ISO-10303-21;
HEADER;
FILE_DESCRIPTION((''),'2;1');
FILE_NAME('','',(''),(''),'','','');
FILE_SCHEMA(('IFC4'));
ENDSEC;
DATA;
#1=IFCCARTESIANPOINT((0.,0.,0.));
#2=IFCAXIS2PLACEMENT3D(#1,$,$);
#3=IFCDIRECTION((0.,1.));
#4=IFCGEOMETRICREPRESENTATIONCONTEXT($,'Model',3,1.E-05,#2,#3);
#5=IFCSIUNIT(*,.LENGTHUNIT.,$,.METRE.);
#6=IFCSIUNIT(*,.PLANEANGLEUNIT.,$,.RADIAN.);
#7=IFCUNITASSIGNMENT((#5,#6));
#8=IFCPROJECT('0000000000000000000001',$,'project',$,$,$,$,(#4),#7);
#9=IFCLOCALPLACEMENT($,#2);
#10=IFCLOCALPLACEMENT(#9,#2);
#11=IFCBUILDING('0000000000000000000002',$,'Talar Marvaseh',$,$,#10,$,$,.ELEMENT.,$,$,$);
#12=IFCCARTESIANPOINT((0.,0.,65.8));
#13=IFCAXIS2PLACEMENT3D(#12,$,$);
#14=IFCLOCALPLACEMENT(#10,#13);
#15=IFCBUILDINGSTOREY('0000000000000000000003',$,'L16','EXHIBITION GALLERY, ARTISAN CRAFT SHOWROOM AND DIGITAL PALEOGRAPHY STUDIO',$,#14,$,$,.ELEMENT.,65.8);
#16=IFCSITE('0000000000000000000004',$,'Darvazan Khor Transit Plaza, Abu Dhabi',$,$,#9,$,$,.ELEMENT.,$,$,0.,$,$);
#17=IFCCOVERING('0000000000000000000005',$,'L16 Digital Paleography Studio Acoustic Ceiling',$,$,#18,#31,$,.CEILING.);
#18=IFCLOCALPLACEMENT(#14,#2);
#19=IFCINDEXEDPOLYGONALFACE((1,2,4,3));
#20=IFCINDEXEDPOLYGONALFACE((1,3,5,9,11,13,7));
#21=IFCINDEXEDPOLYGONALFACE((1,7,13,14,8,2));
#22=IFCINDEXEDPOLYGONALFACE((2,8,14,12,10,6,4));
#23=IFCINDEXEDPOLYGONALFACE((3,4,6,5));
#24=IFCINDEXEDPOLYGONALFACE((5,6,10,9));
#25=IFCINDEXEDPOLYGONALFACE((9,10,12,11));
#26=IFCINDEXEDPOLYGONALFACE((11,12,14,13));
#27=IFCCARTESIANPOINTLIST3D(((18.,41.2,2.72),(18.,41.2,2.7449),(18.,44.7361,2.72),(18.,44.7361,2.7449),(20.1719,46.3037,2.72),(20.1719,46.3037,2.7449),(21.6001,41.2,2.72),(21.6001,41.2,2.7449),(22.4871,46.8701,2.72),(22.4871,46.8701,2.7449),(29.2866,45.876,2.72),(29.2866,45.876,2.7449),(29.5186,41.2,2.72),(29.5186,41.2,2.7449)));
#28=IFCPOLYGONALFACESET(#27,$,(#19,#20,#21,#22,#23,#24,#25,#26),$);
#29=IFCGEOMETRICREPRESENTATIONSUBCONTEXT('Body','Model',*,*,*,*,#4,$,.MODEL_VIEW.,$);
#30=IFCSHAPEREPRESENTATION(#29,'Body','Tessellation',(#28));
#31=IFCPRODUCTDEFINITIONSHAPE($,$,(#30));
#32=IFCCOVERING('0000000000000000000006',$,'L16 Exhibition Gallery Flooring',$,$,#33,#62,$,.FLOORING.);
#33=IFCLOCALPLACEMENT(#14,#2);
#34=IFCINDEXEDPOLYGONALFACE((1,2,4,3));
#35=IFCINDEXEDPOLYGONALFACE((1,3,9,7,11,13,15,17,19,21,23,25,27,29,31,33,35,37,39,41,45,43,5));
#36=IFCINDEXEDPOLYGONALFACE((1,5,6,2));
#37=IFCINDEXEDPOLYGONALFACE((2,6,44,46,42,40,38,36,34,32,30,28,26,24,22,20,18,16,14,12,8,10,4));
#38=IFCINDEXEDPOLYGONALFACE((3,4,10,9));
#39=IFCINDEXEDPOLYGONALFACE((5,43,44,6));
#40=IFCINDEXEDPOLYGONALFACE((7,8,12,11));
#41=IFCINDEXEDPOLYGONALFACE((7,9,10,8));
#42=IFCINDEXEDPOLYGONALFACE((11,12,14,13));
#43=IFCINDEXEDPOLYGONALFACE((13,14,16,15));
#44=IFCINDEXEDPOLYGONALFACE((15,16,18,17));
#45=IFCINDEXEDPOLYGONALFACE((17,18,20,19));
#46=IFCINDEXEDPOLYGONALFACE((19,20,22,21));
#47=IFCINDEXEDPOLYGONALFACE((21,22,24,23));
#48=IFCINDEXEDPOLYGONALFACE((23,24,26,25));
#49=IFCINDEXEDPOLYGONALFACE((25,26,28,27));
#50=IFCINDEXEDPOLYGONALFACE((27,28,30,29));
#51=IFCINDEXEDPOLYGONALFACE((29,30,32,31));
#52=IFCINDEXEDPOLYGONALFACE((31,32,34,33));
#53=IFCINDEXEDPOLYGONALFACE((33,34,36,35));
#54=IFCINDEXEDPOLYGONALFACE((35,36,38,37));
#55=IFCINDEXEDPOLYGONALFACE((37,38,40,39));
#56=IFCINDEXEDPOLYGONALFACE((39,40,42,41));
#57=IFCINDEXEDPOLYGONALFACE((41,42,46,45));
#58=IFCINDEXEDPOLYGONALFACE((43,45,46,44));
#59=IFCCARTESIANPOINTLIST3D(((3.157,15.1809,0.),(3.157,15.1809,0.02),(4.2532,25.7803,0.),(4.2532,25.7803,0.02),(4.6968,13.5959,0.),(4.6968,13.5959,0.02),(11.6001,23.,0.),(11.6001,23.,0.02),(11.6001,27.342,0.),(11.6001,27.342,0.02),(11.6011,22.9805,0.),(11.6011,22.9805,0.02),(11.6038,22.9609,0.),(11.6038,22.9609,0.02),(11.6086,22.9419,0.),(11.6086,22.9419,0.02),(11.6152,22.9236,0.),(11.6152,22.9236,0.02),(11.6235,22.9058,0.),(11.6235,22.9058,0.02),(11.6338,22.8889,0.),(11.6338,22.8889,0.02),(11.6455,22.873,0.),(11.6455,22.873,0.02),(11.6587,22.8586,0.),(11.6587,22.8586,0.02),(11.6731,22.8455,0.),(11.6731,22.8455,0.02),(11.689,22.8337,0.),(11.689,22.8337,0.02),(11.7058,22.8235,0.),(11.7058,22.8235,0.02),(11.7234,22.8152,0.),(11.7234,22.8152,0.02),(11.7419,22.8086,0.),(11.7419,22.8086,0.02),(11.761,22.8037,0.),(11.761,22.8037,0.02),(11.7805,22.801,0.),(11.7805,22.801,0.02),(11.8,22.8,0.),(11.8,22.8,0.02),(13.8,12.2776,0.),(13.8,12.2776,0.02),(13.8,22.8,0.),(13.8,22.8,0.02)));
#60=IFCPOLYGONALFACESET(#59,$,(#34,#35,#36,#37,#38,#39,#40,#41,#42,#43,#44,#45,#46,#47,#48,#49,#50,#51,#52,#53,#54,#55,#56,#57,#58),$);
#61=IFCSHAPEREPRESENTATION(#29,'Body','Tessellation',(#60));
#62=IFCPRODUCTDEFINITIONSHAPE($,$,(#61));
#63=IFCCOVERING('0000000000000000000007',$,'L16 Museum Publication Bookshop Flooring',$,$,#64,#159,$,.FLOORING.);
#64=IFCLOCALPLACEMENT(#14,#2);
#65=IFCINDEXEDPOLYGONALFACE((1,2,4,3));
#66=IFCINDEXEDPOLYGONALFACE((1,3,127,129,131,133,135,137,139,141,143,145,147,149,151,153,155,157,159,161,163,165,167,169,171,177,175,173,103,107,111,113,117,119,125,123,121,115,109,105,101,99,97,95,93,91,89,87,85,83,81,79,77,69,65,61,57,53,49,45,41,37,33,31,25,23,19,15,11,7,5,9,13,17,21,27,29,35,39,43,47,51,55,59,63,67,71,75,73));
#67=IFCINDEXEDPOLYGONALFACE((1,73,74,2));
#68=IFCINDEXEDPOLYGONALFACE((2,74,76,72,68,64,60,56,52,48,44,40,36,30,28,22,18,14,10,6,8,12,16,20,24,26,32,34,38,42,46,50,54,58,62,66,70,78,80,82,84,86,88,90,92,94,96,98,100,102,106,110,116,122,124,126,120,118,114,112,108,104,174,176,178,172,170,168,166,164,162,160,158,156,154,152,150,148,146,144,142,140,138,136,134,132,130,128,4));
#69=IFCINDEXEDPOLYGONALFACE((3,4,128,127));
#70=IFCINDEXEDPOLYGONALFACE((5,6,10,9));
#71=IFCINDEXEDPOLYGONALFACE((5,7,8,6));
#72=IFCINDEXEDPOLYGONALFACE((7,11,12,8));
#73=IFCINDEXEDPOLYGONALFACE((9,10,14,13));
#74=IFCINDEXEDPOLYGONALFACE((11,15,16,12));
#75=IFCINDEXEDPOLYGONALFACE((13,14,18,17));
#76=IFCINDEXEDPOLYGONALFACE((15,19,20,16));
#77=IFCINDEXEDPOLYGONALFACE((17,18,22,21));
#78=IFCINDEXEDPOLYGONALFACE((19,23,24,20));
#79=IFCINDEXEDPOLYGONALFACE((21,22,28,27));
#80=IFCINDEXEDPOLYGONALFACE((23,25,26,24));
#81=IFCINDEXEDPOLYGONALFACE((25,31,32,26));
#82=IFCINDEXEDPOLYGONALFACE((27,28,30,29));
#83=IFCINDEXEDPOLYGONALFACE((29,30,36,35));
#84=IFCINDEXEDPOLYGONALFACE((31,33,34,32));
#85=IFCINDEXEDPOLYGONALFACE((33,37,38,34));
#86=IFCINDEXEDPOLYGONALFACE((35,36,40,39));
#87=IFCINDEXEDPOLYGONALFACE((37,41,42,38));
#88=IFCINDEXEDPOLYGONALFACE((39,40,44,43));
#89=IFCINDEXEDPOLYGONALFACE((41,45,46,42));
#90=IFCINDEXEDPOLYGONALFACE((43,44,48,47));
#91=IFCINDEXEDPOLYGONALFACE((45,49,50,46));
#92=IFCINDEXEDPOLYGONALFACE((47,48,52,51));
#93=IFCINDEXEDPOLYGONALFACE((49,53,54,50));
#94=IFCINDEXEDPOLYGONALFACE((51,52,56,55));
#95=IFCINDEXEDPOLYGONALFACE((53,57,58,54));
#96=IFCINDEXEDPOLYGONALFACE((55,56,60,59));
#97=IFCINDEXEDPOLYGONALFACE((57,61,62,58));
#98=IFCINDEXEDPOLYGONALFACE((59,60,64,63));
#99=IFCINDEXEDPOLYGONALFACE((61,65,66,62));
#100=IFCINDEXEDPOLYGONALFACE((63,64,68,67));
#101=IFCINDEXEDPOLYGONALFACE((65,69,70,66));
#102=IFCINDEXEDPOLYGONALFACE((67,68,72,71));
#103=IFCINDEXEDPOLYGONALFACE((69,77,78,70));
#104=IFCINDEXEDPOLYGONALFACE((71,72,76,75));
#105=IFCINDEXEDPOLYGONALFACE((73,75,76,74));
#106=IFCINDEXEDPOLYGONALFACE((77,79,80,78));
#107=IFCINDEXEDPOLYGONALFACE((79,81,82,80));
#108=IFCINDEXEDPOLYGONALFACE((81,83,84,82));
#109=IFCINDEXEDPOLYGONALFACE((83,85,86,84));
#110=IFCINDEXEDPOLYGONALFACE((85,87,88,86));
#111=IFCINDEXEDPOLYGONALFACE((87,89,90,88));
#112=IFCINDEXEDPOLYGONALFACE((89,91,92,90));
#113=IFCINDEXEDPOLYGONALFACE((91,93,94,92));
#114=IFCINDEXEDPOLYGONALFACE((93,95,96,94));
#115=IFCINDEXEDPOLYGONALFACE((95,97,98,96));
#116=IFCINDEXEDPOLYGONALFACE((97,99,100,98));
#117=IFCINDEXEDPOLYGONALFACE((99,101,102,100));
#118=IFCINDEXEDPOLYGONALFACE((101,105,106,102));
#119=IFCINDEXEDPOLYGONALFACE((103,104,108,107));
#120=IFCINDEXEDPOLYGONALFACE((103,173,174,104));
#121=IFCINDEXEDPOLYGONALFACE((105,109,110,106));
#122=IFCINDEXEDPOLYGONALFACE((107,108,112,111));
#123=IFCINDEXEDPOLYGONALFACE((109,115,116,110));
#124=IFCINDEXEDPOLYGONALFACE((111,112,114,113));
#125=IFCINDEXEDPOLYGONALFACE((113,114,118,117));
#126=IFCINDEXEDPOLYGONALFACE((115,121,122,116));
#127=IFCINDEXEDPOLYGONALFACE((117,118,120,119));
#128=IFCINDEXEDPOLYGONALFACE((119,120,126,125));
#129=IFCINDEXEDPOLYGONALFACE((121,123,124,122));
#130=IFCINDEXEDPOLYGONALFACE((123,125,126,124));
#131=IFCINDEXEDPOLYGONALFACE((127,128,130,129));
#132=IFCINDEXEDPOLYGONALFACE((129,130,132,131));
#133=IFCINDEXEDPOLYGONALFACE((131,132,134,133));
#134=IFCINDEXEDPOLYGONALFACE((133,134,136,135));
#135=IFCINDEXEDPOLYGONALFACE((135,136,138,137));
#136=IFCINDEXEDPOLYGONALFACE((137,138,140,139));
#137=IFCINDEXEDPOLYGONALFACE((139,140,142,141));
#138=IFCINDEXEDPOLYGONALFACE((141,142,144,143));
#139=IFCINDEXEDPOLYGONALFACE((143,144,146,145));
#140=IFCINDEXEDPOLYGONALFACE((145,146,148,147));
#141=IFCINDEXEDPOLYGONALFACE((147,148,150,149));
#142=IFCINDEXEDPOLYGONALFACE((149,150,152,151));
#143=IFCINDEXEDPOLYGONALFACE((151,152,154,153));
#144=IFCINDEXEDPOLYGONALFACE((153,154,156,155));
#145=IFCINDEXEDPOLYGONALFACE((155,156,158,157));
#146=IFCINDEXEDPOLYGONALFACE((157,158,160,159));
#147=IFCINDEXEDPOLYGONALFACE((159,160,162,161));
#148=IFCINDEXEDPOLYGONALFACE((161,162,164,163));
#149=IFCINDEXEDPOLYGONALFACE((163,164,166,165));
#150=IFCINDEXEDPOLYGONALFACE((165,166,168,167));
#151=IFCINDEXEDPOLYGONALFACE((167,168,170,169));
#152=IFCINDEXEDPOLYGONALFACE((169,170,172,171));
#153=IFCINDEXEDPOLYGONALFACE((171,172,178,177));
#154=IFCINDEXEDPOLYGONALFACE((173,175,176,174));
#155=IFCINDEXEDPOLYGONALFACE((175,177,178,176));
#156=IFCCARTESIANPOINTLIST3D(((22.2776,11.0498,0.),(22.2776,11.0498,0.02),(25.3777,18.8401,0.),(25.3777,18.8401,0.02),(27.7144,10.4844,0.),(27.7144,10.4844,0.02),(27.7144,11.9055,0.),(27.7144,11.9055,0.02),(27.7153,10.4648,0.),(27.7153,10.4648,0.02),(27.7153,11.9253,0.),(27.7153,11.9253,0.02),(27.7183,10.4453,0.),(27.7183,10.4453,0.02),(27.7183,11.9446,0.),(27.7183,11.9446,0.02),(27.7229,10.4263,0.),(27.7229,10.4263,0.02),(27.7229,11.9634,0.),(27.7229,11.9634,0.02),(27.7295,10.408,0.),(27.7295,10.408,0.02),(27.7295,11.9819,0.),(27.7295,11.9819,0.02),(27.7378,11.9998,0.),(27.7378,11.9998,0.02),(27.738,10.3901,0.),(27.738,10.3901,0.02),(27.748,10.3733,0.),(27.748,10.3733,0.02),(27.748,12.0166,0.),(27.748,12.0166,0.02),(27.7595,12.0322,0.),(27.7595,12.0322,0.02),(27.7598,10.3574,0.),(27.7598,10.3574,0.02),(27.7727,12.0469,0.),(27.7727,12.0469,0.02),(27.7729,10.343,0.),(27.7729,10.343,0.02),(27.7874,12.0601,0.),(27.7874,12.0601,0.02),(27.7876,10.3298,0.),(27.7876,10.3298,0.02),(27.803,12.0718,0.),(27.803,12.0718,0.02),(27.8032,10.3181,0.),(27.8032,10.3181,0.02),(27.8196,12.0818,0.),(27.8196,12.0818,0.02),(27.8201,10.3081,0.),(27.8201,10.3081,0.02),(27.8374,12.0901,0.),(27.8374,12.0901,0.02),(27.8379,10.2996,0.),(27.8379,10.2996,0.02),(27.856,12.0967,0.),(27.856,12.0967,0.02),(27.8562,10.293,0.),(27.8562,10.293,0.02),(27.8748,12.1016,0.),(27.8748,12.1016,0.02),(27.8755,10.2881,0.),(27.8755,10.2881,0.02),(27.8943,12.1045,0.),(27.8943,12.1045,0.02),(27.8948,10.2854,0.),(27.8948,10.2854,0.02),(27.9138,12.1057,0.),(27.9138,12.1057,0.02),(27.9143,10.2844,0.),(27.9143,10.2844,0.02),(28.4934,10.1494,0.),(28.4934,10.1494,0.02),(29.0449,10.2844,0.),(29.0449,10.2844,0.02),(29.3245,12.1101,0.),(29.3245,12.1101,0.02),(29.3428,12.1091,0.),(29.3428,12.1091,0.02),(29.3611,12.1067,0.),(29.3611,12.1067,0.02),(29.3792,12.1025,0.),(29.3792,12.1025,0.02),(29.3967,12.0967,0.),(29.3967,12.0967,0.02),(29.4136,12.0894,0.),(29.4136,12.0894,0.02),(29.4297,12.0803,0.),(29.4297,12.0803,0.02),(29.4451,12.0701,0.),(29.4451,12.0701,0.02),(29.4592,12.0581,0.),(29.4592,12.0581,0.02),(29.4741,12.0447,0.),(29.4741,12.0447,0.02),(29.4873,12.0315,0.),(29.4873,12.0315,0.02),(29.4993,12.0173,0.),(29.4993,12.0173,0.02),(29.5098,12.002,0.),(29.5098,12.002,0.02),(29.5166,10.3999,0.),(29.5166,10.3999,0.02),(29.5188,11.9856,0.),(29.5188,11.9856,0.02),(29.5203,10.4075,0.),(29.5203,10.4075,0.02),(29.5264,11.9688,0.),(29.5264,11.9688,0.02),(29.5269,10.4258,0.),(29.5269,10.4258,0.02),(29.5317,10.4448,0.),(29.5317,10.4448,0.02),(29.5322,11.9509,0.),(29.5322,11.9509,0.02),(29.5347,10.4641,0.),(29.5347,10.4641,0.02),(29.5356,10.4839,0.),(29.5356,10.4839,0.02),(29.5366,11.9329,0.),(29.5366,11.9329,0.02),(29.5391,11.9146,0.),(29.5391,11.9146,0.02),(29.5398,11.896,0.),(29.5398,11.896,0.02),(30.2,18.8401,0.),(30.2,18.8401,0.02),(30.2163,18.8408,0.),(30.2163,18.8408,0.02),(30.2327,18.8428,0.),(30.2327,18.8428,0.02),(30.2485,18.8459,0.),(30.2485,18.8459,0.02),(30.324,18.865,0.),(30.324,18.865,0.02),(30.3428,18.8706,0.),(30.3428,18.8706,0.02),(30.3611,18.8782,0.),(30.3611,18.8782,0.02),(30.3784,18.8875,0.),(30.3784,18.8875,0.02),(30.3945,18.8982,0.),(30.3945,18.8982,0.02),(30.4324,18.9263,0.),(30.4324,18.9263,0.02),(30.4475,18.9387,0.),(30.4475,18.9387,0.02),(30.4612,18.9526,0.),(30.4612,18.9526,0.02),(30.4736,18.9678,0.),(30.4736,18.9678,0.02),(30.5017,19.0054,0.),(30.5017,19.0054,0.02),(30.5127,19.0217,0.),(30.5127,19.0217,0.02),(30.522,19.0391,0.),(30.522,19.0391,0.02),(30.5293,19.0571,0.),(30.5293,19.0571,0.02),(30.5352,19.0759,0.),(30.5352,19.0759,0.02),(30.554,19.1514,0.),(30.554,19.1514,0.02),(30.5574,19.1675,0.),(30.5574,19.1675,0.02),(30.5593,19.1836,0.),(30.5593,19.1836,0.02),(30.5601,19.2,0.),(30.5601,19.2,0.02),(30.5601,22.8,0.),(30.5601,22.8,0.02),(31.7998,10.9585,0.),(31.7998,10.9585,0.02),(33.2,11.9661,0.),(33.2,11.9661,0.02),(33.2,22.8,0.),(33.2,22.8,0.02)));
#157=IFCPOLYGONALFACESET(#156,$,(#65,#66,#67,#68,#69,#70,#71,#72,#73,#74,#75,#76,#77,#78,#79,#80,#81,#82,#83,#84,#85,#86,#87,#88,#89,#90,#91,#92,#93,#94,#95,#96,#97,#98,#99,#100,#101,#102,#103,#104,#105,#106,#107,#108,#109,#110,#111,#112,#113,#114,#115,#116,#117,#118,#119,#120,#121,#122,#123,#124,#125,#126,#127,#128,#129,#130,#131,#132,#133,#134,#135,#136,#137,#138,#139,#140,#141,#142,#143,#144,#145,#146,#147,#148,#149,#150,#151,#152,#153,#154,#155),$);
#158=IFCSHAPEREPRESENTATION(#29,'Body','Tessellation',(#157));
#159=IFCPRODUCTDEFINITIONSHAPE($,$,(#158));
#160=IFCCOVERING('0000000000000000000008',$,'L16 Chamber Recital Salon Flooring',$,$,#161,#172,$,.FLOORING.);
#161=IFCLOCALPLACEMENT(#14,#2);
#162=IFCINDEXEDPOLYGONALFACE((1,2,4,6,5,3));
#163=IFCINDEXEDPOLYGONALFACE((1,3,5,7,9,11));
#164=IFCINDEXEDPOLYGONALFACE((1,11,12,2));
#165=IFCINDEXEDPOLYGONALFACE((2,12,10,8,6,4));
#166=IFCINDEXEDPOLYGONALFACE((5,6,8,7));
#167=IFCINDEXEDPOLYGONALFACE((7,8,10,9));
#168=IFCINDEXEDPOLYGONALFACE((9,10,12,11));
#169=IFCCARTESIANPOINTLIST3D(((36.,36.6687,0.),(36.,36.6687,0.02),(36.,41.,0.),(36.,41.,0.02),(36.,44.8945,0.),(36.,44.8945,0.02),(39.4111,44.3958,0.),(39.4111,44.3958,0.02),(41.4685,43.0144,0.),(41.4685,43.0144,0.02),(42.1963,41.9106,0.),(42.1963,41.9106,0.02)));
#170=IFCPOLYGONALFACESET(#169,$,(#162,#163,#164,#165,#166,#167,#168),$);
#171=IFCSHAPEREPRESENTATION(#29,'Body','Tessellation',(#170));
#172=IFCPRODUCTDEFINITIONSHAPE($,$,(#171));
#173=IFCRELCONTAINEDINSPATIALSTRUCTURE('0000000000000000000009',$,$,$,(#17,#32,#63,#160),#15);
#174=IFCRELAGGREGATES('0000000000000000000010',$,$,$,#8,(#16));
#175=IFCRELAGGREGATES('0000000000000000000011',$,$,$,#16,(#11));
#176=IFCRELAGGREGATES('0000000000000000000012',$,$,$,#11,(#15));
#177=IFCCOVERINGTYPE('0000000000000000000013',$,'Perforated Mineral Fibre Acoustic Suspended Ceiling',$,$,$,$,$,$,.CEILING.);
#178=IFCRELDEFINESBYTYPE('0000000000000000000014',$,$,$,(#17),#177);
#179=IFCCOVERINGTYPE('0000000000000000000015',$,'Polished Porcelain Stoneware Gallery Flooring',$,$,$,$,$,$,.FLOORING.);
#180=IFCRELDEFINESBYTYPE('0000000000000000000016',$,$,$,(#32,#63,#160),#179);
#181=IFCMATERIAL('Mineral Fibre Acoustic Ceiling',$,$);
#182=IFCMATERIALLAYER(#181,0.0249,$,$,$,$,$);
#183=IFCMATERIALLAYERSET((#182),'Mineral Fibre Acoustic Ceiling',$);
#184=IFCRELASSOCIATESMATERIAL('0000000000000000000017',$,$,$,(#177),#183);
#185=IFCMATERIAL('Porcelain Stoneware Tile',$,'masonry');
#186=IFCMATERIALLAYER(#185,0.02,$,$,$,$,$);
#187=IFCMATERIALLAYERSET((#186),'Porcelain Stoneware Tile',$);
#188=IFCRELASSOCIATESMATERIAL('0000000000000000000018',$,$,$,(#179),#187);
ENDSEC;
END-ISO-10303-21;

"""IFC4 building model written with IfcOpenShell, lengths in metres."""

from ifc_helpers import new_model, si_unit, direction, frame, origin, place, context, subcontext, project, spatial, polyline, outline, extrude, material, layer, layer_set, type_object, element, save


model = new_model("IFC4")

# Units and contexts
model_context = context("Model", 3, precision=1e-05, world=origin(), true_north=direction((0.0, 1.0)))
body_context = subcontext(model_context, "Body", "Model", "MODEL_VIEW")
ifc_project = project(units=[si_unit("LENGTHUNIT", "METRE"), si_unit("PLANEANGLEUNIT", "RADIAN")], contexts=[model_context])

# Site, building, storey
site_placement = place(None, origin())
site = spatial("IfcSite", under=ifc_project, at=site_placement, Name="Darvazan Khor Transit Plaza, Abu Dhabi", CompositionType="ELEMENT", RefElevation=0.0)
building_placement = place(site_placement, origin())
building = spatial("IfcBuilding", under=site, at=building_placement, Name="Talar Marvaseh", CompositionType="ELEMENT")
storey_placement = place(building_placement, frame((0.0, 0.0, 65.8)))
storey = spatial("IfcBuildingStorey", under=building, at=storey_placement, Name="L16", Description="EXHIBITION GALLERY, ARTISAN CRAFT SHOWROOM AND DIGITAL PALEOGRAPHY STUDIO", CompositionType="ELEMENT", Elevation=65.8)

# Coverings
ifc_material_1 = material(Name="Mineral Fibre Acoustic Ceiling")
ifc_layer_1 = layer(ifc_material_1, 0.0249)
ifc_layer_set_1 = layer_set([ifc_layer_1], Name="Mineral Fibre Acoustic Ceiling")
covering_type_1 = type_object("IfcCoveringType", Name="Perforated Mineral Fibre Acoustic Suspended Ceiling", PredefinedType="CEILING", material=ifc_layer_set_1)
covering_1_placement = place(storey_placement, frame((0.0, 0.0, 2.72)))
element("IfcCovering", 1, at=covering_1_placement, inside=storey, type_object=covering_type_1, Name="L16 Digital Paleography Studio Acoustic Ceiling", PredefinedType="CEILING", context=body_context, shape_type="SweptSolid", body=[
    extrude(outline(polyline([(22.4871, 46.8701), (29.2866, 45.876), (29.5186, 41.2), (21.6001, 41.2), (18.0, 41.2), (18.0, 44.7361), (20.1719, 46.3037), (22.4871, 46.8701)])), origin(), (0.0, 0.0, 1.0), 0.0249),
])
ifc_material_2 = material(Name="Porcelain Stoneware Tile", Category="masonry")
ifc_layer_2 = layer(ifc_material_2, 0.02)
ifc_layer_set_2 = layer_set([ifc_layer_2], Name="Porcelain Stoneware Tile")
covering_type_2 = type_object("IfcCoveringType", Name="Polished Porcelain Stoneware Gallery Flooring", PredefinedType="FLOORING", material=ifc_layer_set_2)
covering_2_placement = place(storey_placement, origin())
element("IfcCovering", 2, at=covering_2_placement, inside=storey, type_object=covering_type_2, Name="L16 Exhibition Gallery Flooring", PredefinedType="FLOORING", context=body_context, shape_type="SweptSolid", body=[
    extrude(outline(polyline([(3.157, 15.1809), (4.2532, 25.7803), (11.6001, 27.342), (11.6001, 23.0), (11.6011, 22.9805), (11.6038, 22.9609), (11.6086, 22.9419), (11.6152, 22.9236), (11.6235, 22.9058), (11.6338, 22.8889), (11.6455, 22.873), (11.6587, 22.8586), (11.6731, 22.8455), (11.689, 22.8337), (11.7058, 22.8235), (11.7234, 22.8152), (11.7419, 22.8086), (11.761, 22.8037), (11.7805, 22.801), (11.8, 22.8), (13.8, 22.8), (13.8, 12.2776), (4.6968, 13.5959), (3.157, 15.1809)])), origin(), (0.0, 0.0, 1.0), 0.02),
])
covering_3_placement = place(storey_placement, origin())
element("IfcCovering", 3, at=covering_3_placement, inside=storey, type_object=covering_type_2, Name="L16 Museum Publication Bookshop Flooring", PredefinedType="FLOORING", context=body_context, shape_type="SweptSolid", body=[
    extrude(outline(polyline([(25.3777, 18.8401), (30.2, 18.8401), (30.2163, 18.8408), (30.2327, 18.8428), (30.2485, 18.8459), (30.324, 18.865), (30.3428, 18.8706), (30.3611, 18.8782), (30.3784, 18.8875), (30.3945, 18.8982), (30.4324, 18.9263), (30.4475, 18.9387), (30.4612, 18.9526), (30.4736, 18.9678), (30.5017, 19.0054), (30.5127, 19.0217), (30.522, 19.0391), (30.5293, 19.0571), (30.5352, 19.0759), (30.554, 19.1514), (30.5574, 19.1675), (30.5593, 19.1836), (30.5601, 19.2), (30.5601, 22.8), (33.2, 22.8), (33.2, 11.9661), (31.7998, 10.9585), (29.5166, 10.3999), (29.5203, 10.4075), (29.5269, 10.4258), (29.5317, 10.4448), (29.5347, 10.4641), (29.5356, 10.4839), (29.5398, 11.896), (29.5391, 11.9146), (29.5366, 11.9329), (29.5322, 11.9509), (29.5264, 11.9688), (29.5188, 11.9856), (29.5098, 12.002), (29.4993, 12.0173), (29.4873, 12.0315), (29.4741, 12.0447), (29.4592, 12.0581), (29.4451, 12.0701), (29.4297, 12.0803), (29.4136, 12.0894), (29.3967, 12.0967), (29.3792, 12.1025), (29.3611, 12.1067), (29.3428, 12.1091), (29.3245, 12.1101), (27.9138, 12.1057), (27.8943, 12.1045), (27.8748, 12.1016), (27.856, 12.0967), (27.8374, 12.0901), (27.8196, 12.0818), (27.803, 12.0718), (27.7874, 12.0601), (27.7727, 12.0469), (27.7595, 12.0322), (27.748, 12.0166), (27.7378, 11.9998), (27.7295, 11.9819), (27.7229, 11.9634), (27.7183, 11.9446), (27.7153, 11.9253), (27.7144, 11.9055), (27.7144, 10.4844), (27.7153, 10.4648), (27.7183, 10.4453), (27.7229, 10.4263), (27.7295, 10.408), (27.738, 10.3901), (27.748, 10.3733), (27.7598, 10.3574), (27.7729, 10.343), (27.7876, 10.3298), (27.8032, 10.3181), (27.8201, 10.3081), (27.8379, 10.2996), (27.8562, 10.293), (27.8755, 10.2881), (27.8948, 10.2854), (27.9143, 10.2844), (29.0449, 10.2844), (28.4934, 10.1494), (22.2776, 11.0498), (25.3777, 18.8401)])), origin(), (0.0, 0.0, 1.0), 0.02),
])
covering_4_placement = place(storey_placement, origin())
element("IfcCovering", 4, at=covering_4_placement, inside=storey, type_object=covering_type_2, Name="L16 Chamber Recital Salon Flooring", PredefinedType="FLOORING", context=body_context, shape_type="SweptSolid", body=[
    extrude(outline(polyline([(36.0, 36.6687), (36.0, 41.0), (36.0, 44.8945), (39.4111, 44.3958), (41.4685, 43.0144), (42.1963, 41.9106), (36.0, 36.6687)])), origin(), (0.0, 0.0, 1.0), 0.02),
])

save(model, "model.ifc")
